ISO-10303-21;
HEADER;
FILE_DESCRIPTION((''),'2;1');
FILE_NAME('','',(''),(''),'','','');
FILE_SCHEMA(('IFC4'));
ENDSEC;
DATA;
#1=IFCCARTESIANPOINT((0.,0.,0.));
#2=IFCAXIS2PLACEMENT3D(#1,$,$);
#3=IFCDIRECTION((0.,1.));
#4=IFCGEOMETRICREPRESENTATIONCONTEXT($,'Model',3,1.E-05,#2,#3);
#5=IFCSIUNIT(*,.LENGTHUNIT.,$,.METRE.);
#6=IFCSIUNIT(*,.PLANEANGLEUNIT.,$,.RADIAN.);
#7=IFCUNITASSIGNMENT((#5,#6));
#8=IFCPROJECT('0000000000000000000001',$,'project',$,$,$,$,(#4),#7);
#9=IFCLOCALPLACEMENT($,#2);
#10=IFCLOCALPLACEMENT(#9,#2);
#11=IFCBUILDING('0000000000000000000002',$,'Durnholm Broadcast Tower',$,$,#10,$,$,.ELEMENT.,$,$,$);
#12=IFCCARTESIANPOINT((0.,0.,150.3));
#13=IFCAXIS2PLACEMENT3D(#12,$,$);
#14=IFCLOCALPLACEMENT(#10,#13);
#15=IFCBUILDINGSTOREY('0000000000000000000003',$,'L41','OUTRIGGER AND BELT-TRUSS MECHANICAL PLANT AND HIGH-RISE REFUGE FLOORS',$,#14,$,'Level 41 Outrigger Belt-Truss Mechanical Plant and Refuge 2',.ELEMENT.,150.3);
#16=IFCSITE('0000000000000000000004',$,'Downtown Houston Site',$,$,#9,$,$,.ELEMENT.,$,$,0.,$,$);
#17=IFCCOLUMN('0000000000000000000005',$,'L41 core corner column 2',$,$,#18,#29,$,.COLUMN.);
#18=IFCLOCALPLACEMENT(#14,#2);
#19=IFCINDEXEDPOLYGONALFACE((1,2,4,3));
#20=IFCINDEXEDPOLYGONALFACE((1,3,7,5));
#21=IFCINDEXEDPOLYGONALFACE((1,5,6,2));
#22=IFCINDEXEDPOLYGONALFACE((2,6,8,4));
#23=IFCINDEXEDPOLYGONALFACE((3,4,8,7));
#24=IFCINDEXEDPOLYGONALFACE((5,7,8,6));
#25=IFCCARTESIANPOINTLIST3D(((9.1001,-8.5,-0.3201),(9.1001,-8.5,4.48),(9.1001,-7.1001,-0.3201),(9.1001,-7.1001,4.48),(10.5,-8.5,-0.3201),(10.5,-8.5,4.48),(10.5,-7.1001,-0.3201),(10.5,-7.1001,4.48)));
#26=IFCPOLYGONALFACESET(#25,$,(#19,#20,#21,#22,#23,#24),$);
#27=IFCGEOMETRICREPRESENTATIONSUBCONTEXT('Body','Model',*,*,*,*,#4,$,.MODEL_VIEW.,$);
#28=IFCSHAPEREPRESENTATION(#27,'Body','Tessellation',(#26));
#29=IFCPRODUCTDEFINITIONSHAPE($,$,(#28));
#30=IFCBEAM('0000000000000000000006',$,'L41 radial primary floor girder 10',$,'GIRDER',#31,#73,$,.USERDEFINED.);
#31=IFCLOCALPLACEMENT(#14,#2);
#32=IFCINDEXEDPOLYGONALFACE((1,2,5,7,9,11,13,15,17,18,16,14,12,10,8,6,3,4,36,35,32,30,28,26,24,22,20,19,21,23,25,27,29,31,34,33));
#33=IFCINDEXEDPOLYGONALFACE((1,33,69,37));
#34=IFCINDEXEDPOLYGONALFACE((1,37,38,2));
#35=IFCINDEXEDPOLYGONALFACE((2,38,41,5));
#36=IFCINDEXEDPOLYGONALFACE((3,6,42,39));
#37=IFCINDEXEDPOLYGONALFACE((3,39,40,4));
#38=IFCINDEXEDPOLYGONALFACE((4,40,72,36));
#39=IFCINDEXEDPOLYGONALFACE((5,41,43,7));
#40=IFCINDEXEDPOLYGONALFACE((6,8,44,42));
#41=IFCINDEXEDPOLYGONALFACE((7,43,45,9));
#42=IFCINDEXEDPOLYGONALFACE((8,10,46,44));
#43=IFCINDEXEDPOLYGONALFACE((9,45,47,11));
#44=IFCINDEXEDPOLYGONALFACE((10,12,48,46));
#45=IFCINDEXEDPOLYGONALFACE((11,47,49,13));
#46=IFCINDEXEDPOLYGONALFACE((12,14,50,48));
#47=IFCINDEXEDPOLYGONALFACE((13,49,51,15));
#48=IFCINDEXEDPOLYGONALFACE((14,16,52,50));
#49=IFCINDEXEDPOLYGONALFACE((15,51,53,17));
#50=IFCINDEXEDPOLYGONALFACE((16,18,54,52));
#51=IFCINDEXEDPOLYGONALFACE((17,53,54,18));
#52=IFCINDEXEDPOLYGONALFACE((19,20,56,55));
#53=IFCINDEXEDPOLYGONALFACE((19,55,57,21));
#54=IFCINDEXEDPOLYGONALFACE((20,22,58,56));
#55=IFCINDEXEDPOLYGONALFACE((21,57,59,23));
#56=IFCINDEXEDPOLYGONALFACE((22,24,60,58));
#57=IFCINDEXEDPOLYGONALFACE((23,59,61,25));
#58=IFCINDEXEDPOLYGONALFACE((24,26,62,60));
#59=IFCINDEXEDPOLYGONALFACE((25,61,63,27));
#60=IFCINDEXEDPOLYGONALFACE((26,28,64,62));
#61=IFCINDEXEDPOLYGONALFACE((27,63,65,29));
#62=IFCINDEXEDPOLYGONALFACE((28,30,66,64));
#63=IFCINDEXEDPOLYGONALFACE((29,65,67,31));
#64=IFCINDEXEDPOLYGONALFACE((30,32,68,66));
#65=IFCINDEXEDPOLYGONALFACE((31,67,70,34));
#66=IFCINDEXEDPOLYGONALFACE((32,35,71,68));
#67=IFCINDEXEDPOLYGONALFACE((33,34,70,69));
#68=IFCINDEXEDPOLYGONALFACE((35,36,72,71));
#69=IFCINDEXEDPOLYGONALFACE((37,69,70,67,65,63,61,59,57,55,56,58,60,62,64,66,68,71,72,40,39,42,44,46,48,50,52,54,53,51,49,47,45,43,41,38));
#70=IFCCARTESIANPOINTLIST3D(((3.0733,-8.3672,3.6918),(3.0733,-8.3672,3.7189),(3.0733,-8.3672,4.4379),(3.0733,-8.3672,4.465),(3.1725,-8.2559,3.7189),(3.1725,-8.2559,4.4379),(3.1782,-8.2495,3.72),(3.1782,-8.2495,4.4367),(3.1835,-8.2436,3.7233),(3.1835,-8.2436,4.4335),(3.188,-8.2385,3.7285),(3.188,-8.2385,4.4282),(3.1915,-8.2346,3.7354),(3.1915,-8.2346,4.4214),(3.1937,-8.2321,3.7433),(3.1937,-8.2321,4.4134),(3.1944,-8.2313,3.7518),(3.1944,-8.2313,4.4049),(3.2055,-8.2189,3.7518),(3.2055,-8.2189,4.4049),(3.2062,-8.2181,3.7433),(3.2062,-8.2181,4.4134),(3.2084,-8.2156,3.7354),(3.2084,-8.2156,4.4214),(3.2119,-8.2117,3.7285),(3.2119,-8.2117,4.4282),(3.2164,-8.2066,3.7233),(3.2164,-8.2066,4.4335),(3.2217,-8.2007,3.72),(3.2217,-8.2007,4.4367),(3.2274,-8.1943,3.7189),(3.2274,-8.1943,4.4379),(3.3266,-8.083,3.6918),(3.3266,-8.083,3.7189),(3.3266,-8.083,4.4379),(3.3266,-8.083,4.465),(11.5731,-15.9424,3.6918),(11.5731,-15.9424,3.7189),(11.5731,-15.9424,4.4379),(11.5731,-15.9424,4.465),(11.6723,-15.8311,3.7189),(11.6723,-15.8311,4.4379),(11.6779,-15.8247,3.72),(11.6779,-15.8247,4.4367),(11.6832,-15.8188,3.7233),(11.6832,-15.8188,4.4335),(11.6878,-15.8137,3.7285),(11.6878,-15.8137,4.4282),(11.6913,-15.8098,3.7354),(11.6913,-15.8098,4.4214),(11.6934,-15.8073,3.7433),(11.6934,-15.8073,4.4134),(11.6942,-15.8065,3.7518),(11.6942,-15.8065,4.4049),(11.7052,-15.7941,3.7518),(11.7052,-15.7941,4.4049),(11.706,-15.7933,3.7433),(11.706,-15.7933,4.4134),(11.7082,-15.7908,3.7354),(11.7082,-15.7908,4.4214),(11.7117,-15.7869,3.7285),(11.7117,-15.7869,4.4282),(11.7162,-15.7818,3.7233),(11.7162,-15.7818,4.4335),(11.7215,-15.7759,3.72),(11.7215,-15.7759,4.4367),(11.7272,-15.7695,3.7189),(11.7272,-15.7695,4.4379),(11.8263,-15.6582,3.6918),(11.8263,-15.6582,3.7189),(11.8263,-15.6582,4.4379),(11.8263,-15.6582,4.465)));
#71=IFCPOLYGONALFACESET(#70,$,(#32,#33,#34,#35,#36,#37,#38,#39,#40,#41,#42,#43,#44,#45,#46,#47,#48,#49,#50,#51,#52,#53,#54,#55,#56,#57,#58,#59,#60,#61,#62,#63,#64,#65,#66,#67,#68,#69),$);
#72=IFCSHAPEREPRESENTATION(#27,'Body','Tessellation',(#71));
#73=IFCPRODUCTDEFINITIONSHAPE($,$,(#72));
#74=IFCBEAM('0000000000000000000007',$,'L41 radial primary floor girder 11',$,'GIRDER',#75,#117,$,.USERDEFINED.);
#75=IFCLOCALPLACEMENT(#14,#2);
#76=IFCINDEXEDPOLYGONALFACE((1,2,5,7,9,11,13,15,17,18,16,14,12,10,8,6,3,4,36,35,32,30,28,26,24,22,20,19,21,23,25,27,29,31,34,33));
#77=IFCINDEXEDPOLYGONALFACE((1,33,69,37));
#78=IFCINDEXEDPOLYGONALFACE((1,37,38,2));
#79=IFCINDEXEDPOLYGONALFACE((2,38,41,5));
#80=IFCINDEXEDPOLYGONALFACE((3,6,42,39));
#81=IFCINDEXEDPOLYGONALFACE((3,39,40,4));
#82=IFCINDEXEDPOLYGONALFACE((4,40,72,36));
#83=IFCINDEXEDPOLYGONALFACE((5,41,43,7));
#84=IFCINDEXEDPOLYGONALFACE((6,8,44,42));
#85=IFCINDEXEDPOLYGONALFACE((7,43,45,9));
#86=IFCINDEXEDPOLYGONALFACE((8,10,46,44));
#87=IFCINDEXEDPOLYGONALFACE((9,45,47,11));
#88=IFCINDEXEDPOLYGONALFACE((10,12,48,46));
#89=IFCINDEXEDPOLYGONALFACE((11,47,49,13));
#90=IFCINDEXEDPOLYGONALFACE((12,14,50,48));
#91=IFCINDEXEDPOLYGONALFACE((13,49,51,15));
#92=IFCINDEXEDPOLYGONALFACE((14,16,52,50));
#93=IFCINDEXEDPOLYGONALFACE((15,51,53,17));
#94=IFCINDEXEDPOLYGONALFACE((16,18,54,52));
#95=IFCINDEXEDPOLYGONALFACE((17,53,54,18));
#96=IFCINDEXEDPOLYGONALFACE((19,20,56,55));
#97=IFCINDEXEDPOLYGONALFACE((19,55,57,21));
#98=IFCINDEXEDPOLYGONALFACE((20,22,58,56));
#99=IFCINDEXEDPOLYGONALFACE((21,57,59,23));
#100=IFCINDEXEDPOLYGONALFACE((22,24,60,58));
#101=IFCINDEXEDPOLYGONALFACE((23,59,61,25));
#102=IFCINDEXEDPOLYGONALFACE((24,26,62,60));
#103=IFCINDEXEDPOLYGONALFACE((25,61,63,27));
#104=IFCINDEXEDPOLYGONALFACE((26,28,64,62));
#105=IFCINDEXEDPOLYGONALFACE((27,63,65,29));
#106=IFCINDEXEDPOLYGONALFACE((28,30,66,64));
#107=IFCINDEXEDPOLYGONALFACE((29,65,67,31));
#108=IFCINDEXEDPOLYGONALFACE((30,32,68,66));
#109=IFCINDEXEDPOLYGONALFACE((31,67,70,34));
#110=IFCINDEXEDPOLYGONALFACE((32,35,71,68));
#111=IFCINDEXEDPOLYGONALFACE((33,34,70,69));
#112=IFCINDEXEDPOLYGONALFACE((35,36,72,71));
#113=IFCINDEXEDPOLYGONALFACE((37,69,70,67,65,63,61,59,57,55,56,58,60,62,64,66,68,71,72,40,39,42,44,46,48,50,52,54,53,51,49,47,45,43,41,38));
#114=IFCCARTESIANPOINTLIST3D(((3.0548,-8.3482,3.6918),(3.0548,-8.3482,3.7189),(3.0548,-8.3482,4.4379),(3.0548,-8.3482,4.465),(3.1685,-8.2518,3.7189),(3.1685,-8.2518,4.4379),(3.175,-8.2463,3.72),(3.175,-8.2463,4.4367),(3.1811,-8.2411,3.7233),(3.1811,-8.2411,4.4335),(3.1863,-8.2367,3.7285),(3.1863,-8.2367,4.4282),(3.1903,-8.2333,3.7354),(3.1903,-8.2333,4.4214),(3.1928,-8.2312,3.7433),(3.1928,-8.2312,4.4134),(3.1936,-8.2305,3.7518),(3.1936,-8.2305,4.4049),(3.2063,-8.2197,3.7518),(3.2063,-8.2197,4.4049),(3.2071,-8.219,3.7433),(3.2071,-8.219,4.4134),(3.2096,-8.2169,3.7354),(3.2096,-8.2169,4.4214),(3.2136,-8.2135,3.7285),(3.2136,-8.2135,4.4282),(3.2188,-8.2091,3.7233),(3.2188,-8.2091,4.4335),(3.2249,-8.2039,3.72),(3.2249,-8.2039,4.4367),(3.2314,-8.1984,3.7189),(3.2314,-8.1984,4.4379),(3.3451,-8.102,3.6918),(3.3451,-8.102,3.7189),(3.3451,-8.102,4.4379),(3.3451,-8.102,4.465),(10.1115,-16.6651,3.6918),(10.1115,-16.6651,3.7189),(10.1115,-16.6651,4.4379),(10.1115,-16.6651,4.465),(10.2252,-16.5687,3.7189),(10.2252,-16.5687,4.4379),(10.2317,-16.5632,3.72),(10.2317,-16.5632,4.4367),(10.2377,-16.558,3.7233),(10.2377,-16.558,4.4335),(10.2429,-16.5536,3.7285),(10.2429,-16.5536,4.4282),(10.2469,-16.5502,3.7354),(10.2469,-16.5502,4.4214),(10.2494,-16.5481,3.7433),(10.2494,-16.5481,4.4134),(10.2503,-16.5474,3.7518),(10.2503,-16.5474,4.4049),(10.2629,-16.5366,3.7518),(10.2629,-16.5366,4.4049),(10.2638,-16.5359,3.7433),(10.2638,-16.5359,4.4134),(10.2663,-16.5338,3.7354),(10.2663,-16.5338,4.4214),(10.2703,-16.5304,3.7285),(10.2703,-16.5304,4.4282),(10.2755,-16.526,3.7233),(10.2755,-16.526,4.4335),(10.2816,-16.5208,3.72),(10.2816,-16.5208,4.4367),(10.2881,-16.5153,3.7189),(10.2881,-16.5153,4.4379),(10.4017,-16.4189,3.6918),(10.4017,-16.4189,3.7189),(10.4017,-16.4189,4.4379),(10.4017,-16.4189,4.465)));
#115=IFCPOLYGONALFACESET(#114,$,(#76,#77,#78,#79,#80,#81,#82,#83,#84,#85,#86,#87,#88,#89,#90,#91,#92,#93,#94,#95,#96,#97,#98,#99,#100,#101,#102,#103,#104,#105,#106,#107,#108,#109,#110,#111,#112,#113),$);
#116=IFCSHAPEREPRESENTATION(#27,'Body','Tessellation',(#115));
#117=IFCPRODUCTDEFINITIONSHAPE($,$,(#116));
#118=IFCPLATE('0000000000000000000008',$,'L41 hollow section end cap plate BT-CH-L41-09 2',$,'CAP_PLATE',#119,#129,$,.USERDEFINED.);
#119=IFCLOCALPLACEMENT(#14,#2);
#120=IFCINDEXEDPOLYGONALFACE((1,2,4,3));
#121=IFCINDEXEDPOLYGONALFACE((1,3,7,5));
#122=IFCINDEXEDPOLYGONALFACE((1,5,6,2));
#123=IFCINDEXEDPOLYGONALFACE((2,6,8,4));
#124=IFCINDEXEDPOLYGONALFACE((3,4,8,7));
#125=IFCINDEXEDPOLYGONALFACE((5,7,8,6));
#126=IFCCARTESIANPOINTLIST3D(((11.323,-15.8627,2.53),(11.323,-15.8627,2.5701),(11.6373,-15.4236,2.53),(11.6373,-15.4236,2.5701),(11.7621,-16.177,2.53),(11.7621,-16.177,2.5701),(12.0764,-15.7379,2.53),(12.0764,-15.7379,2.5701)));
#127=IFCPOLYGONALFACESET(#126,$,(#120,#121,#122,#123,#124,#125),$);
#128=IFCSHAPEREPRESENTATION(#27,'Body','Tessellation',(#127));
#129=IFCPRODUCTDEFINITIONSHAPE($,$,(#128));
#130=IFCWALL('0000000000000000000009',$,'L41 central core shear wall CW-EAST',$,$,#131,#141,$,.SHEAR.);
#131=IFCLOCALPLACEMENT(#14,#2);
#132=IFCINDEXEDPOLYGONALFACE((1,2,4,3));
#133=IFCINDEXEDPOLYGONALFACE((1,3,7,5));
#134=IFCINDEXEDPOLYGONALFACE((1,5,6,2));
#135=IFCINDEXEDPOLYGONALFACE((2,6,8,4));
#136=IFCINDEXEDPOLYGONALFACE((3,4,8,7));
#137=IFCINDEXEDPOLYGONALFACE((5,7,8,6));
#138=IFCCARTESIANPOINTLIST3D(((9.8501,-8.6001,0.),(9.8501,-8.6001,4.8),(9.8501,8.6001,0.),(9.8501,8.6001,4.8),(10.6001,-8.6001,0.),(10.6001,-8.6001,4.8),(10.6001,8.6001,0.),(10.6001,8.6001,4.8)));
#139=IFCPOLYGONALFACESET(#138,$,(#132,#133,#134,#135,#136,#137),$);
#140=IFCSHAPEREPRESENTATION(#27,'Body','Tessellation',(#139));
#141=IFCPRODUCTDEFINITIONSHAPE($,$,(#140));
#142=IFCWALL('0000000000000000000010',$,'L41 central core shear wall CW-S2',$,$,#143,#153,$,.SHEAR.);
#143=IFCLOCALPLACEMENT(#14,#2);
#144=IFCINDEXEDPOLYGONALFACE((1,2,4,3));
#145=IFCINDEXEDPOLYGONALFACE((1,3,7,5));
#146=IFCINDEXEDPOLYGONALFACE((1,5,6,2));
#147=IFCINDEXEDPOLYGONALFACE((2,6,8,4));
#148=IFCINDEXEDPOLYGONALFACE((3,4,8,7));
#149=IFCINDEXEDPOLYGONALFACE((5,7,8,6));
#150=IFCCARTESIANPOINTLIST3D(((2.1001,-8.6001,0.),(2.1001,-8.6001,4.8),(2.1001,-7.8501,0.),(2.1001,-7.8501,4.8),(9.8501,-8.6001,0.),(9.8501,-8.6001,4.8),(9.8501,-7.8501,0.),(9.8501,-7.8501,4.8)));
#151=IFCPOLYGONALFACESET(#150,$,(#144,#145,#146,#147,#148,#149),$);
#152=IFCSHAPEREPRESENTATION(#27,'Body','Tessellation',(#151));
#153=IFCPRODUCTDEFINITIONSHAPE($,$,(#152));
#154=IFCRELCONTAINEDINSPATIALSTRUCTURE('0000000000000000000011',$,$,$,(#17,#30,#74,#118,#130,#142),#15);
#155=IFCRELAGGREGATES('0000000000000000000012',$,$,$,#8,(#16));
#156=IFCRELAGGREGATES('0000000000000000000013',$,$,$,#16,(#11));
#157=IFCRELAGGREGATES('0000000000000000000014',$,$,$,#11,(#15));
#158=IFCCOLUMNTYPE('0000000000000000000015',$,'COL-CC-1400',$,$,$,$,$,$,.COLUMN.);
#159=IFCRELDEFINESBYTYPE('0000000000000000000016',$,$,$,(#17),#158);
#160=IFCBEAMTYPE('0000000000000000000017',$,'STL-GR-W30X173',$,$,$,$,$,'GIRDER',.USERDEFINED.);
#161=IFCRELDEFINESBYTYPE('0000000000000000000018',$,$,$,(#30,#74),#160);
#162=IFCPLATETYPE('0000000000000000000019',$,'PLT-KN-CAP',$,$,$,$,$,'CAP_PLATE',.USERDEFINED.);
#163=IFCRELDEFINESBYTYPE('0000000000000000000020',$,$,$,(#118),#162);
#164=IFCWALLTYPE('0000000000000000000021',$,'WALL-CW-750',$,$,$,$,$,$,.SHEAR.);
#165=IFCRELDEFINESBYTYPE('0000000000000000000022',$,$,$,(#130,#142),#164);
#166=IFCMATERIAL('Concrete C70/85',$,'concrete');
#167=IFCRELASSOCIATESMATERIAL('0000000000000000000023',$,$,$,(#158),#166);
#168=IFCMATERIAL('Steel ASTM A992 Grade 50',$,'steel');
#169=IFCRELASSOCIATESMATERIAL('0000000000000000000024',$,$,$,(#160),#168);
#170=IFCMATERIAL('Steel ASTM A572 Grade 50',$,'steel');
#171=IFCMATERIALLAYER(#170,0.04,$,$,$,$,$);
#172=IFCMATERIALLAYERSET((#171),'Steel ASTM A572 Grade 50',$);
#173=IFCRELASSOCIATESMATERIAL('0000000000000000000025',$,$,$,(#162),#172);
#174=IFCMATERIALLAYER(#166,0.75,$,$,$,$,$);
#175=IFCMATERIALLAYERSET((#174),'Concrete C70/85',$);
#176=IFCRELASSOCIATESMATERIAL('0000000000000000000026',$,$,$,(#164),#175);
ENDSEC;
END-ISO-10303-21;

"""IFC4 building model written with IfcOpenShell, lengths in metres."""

from ifc_helpers import new_model, si_unit, direction, frame, frame_2d, origin, origin_2d, place, context, subcontext, project, spatial, rectangle, i_section, extrude, source, transform, mapped, material, layer, layer_set, material_profile, profile_set, type_object, type_shapes, element, save


model = new_model("IFC4")

# Units and contexts
model_context = context("Model", 3, precision=1e-05, world=origin(), true_north=direction((0.0, 1.0)))
body_context = subcontext(model_context, "Body", "Model", "MODEL_VIEW")
ifc_project = project(units=[si_unit("LENGTHUNIT", "METRE"), si_unit("PLANEANGLEUNIT", "RADIAN")], contexts=[model_context])

# Site, building, storey
site_placement = place(None, origin())
site = spatial("IfcSite", under=ifc_project, at=site_placement, Name="Downtown Houston Site", CompositionType="ELEMENT", RefElevation=0.0)
building_placement = place(site_placement, origin())
building = spatial("IfcBuilding", under=site, at=building_placement, Name="Durnholm Broadcast Tower", CompositionType="ELEMENT")
storey_placement = place(building_placement, frame((0.0, 0.0, 150.3)))
storey = spatial("IfcBuildingStorey", under=building, at=storey_placement, Name="L41", Description="OUTRIGGER AND BELT-TRUSS MECHANICAL PLANT AND HIGH-RISE REFUGE FLOORS", LongName="Level 41 Outrigger Belt-Truss Mechanical Plant and Refuge 2", CompositionType="ELEMENT", Elevation=150.3)

# Column
ifc_material_1 = material(Name="Concrete C70/85", Category="concrete")
ifc_material_profile_1 = material_profile(ifc_material_1, rectangle(XDim=1.3999, YDim=1.3999, at=origin_2d()), Name="RC1400X1400")
ifc_profile_set_1 = profile_set([ifc_material_profile_1], Name="Concrete C70/85")
column_type = type_object("IfcColumnType", Name="COL-CC-1400", PredefinedType="COLUMN", material=ifc_profile_set_1)
shared_shape_1 = source(origin(), body_context, "Body", "SweptSolid", [
    extrude(rectangle(XDim=1.3999, YDim=1.3999, at=origin_2d()), origin(), (0.0, 0.0, 1.0), 4.8),
])
type_shapes(column_type, [shared_shape_1])
column_placement = place(storey_placement, frame((9.8, -7.8, -0.3201), z_axis=(0.0, 0.0, 1.0), x_axis=(1.0, 0.0, 0.0)))
element("IfcColumn", 1, at=column_placement, inside=storey, type_object=column_type, Name="L41 core corner column 2", PredefinedType="COLUMN", context=body_context, shape_type="MappedRepresentation", body=[
    mapped(shared_shape_1, transform((0.0, 0.0, 0.0), x_axis=(1.0, 0.0, 0.0), y_axis=(0.0, 1.0, 0.0), z_axis=(0.0, 0.0, 1.0), scale=1.0)),
])

# Beams
ifc_material_2 = material(Name="Steel ASTM A992 Grade 50", Category="steel")
ifc_material_profile_2 = material_profile(ifc_material_2, i_section(OverallWidth=0.3806, OverallDepth=0.7732, WebThickness=0.0166, FlangeThickness=0.0271, FilletRadius=0.033, at=origin_2d()), Name="W30X173")
ifc_profile_set_2 = profile_set([ifc_material_profile_2], Name="Steel ASTM A992 Grade 50")
beam_type = type_object("IfcBeamType", Name="STL-GR-W30X173", ElementType="GIRDER", PredefinedType="USERDEFINED", material=ifc_profile_set_2)
shared_shape_2 = source(origin(), body_context, "Body", "SweptSolid", [
    extrude(i_section(OverallWidth=0.3806, OverallDepth=0.7732, WebThickness=0.0166, FlangeThickness=0.0271, FilletRadius=0.033, at=origin_2d()), origin(), (0.0, 0.0, 1.0), 11.3855),
])
beam_1_placement = place(storey_placement, frame((3.2, -8.2251, 4.0784), z_axis=(0.746543, -0.665338, 0.0), x_axis=(0.665338, 0.746543, 0.0)))
element("IfcBeam", 2, at=beam_1_placement, inside=storey, type_object=beam_type, Name="L41 radial primary floor girder 10", ObjectType="GIRDER", PredefinedType="USERDEFINED", context=body_context, shape_type="MappedRepresentation", body=[
    mapped(shared_shape_2, transform((0.0, 0.0, 0.0), x_axis=(1.0, 0.0, 0.0), y_axis=(0.0, 1.0, 0.0), z_axis=(0.0, 0.0, 1.0), scale=1.0)),
])
shared_shape_3 = source(origin(), body_context, "Body", "SweptSolid", [
    extrude(i_section(OverallWidth=0.3806, OverallDepth=0.7732, WebThickness=0.0166, FlangeThickness=0.0271, FilletRadius=0.033, at=origin_2d()), origin(), (0.0, 0.0, 1.0), 10.9072),
])
type_shapes(beam_type, [shared_shape_2, shared_shape_3])
beam_2_placement = place(storey_placement, frame((3.2, -8.2251, 4.0784), z_axis=(0.646971, -0.762514, 0.0), x_axis=(0.762514, 0.646971, 0.0)))
element("IfcBeam", 3, at=beam_2_placement, inside=storey, type_object=beam_type, Name="L41 radial primary floor girder 11", ObjectType="GIRDER", PredefinedType="USERDEFINED", context=body_context, shape_type="MappedRepresentation", body=[
    mapped(shared_shape_3, transform((0.0, 0.0, 0.0), x_axis=(1.0, 0.0, 0.0), y_axis=(0.0, 1.0, 0.0), z_axis=(0.0, 0.0, 1.0), scale=1.0)),
])

# Plate
ifc_material_3 = material(Name="Steel ASTM A572 Grade 50", Category="steel")
ifc_layer_1 = layer(ifc_material_3, 0.04)
ifc_layer_set_1 = layer_set([ifc_layer_1], Name="Steel ASTM A572 Grade 50")
plate_type = type_object("IfcPlateType", Name="PLT-KN-CAP", ElementType="CAP_PLATE", PredefinedType="USERDEFINED", material=ifc_layer_set_1)
shared_shape_4 = source(origin(), body_context, "Body", "SweptSolid", [
    extrude(rectangle(XDim=0.54, YDim=0.54, at=origin_2d()), origin(), (0.0, 0.0, 1.0), 0.04),
])
type_shapes(plate_type, [shared_shape_4])
plate_placement = place(storey_placement, frame((11.6997, -15.8003, 2.53), z_axis=(0.0, 0.0, 1.0), x_axis=(-0.582123, -0.813101, 0.0)))
element("IfcPlate", 4, at=plate_placement, inside=storey, type_object=plate_type, Name="L41 hollow section end cap plate BT-CH-L41-09 2", ObjectType="CAP_PLATE", PredefinedType="USERDEFINED", context=body_context, shape_type="MappedRepresentation", body=[
    mapped(shared_shape_4, transform((0.0, 0.0, 0.0), x_axis=(1.0, 0.0, 0.0), y_axis=(0.0, 1.0, 0.0), z_axis=(0.0, 0.0, 1.0), scale=1.0)),
])

# Walls
ifc_layer_2 = layer(ifc_material_1, 0.75)
ifc_layer_set_2 = layer_set([ifc_layer_2], Name="Concrete C70/85")
wall_type_1 = type_object("IfcWallType", Name="WALL-CW-750", PredefinedType="SHEAR", material=ifc_layer_set_2)
wall_1_placement = place(storey_placement, frame((10.2251, -8.6001, 0.0), z_axis=(0.0, 0.0, 1.0), x_axis=(0.0, 1.0, 0.0)))
element("IfcWall", 5, at=wall_1_placement, inside=storey, type_object=wall_type_1, Name="L41 central core shear wall CW-EAST", PredefinedType="SHEAR", context=body_context, shape_type="SweptSolid", body=[
    extrude(rectangle(XDim=17.2002, YDim=0.75, at=frame_2d((8.6001, 0.0))), origin(), (0.0, 0.0, 1.0), 4.8),
])
wall_2_placement = place(storey_placement, frame((2.1001, -8.2251, 0.0), z_axis=(0.0, 0.0, 1.0), x_axis=(1.0, 0.0, 0.0)))
element("IfcWall", 6, at=wall_2_placement, inside=storey, type_object=wall_type_1, Name="L41 central core shear wall CW-S2", PredefinedType="SHEAR", context=body_context, shape_type="SweptSolid", body=[
    extrude(rectangle(XDim=7.75, YDim=0.75, at=frame_2d((3.875, 0.0))), origin(), (0.0, 0.0, 1.0), 4.8),
])

save(model, "model.ifc")
